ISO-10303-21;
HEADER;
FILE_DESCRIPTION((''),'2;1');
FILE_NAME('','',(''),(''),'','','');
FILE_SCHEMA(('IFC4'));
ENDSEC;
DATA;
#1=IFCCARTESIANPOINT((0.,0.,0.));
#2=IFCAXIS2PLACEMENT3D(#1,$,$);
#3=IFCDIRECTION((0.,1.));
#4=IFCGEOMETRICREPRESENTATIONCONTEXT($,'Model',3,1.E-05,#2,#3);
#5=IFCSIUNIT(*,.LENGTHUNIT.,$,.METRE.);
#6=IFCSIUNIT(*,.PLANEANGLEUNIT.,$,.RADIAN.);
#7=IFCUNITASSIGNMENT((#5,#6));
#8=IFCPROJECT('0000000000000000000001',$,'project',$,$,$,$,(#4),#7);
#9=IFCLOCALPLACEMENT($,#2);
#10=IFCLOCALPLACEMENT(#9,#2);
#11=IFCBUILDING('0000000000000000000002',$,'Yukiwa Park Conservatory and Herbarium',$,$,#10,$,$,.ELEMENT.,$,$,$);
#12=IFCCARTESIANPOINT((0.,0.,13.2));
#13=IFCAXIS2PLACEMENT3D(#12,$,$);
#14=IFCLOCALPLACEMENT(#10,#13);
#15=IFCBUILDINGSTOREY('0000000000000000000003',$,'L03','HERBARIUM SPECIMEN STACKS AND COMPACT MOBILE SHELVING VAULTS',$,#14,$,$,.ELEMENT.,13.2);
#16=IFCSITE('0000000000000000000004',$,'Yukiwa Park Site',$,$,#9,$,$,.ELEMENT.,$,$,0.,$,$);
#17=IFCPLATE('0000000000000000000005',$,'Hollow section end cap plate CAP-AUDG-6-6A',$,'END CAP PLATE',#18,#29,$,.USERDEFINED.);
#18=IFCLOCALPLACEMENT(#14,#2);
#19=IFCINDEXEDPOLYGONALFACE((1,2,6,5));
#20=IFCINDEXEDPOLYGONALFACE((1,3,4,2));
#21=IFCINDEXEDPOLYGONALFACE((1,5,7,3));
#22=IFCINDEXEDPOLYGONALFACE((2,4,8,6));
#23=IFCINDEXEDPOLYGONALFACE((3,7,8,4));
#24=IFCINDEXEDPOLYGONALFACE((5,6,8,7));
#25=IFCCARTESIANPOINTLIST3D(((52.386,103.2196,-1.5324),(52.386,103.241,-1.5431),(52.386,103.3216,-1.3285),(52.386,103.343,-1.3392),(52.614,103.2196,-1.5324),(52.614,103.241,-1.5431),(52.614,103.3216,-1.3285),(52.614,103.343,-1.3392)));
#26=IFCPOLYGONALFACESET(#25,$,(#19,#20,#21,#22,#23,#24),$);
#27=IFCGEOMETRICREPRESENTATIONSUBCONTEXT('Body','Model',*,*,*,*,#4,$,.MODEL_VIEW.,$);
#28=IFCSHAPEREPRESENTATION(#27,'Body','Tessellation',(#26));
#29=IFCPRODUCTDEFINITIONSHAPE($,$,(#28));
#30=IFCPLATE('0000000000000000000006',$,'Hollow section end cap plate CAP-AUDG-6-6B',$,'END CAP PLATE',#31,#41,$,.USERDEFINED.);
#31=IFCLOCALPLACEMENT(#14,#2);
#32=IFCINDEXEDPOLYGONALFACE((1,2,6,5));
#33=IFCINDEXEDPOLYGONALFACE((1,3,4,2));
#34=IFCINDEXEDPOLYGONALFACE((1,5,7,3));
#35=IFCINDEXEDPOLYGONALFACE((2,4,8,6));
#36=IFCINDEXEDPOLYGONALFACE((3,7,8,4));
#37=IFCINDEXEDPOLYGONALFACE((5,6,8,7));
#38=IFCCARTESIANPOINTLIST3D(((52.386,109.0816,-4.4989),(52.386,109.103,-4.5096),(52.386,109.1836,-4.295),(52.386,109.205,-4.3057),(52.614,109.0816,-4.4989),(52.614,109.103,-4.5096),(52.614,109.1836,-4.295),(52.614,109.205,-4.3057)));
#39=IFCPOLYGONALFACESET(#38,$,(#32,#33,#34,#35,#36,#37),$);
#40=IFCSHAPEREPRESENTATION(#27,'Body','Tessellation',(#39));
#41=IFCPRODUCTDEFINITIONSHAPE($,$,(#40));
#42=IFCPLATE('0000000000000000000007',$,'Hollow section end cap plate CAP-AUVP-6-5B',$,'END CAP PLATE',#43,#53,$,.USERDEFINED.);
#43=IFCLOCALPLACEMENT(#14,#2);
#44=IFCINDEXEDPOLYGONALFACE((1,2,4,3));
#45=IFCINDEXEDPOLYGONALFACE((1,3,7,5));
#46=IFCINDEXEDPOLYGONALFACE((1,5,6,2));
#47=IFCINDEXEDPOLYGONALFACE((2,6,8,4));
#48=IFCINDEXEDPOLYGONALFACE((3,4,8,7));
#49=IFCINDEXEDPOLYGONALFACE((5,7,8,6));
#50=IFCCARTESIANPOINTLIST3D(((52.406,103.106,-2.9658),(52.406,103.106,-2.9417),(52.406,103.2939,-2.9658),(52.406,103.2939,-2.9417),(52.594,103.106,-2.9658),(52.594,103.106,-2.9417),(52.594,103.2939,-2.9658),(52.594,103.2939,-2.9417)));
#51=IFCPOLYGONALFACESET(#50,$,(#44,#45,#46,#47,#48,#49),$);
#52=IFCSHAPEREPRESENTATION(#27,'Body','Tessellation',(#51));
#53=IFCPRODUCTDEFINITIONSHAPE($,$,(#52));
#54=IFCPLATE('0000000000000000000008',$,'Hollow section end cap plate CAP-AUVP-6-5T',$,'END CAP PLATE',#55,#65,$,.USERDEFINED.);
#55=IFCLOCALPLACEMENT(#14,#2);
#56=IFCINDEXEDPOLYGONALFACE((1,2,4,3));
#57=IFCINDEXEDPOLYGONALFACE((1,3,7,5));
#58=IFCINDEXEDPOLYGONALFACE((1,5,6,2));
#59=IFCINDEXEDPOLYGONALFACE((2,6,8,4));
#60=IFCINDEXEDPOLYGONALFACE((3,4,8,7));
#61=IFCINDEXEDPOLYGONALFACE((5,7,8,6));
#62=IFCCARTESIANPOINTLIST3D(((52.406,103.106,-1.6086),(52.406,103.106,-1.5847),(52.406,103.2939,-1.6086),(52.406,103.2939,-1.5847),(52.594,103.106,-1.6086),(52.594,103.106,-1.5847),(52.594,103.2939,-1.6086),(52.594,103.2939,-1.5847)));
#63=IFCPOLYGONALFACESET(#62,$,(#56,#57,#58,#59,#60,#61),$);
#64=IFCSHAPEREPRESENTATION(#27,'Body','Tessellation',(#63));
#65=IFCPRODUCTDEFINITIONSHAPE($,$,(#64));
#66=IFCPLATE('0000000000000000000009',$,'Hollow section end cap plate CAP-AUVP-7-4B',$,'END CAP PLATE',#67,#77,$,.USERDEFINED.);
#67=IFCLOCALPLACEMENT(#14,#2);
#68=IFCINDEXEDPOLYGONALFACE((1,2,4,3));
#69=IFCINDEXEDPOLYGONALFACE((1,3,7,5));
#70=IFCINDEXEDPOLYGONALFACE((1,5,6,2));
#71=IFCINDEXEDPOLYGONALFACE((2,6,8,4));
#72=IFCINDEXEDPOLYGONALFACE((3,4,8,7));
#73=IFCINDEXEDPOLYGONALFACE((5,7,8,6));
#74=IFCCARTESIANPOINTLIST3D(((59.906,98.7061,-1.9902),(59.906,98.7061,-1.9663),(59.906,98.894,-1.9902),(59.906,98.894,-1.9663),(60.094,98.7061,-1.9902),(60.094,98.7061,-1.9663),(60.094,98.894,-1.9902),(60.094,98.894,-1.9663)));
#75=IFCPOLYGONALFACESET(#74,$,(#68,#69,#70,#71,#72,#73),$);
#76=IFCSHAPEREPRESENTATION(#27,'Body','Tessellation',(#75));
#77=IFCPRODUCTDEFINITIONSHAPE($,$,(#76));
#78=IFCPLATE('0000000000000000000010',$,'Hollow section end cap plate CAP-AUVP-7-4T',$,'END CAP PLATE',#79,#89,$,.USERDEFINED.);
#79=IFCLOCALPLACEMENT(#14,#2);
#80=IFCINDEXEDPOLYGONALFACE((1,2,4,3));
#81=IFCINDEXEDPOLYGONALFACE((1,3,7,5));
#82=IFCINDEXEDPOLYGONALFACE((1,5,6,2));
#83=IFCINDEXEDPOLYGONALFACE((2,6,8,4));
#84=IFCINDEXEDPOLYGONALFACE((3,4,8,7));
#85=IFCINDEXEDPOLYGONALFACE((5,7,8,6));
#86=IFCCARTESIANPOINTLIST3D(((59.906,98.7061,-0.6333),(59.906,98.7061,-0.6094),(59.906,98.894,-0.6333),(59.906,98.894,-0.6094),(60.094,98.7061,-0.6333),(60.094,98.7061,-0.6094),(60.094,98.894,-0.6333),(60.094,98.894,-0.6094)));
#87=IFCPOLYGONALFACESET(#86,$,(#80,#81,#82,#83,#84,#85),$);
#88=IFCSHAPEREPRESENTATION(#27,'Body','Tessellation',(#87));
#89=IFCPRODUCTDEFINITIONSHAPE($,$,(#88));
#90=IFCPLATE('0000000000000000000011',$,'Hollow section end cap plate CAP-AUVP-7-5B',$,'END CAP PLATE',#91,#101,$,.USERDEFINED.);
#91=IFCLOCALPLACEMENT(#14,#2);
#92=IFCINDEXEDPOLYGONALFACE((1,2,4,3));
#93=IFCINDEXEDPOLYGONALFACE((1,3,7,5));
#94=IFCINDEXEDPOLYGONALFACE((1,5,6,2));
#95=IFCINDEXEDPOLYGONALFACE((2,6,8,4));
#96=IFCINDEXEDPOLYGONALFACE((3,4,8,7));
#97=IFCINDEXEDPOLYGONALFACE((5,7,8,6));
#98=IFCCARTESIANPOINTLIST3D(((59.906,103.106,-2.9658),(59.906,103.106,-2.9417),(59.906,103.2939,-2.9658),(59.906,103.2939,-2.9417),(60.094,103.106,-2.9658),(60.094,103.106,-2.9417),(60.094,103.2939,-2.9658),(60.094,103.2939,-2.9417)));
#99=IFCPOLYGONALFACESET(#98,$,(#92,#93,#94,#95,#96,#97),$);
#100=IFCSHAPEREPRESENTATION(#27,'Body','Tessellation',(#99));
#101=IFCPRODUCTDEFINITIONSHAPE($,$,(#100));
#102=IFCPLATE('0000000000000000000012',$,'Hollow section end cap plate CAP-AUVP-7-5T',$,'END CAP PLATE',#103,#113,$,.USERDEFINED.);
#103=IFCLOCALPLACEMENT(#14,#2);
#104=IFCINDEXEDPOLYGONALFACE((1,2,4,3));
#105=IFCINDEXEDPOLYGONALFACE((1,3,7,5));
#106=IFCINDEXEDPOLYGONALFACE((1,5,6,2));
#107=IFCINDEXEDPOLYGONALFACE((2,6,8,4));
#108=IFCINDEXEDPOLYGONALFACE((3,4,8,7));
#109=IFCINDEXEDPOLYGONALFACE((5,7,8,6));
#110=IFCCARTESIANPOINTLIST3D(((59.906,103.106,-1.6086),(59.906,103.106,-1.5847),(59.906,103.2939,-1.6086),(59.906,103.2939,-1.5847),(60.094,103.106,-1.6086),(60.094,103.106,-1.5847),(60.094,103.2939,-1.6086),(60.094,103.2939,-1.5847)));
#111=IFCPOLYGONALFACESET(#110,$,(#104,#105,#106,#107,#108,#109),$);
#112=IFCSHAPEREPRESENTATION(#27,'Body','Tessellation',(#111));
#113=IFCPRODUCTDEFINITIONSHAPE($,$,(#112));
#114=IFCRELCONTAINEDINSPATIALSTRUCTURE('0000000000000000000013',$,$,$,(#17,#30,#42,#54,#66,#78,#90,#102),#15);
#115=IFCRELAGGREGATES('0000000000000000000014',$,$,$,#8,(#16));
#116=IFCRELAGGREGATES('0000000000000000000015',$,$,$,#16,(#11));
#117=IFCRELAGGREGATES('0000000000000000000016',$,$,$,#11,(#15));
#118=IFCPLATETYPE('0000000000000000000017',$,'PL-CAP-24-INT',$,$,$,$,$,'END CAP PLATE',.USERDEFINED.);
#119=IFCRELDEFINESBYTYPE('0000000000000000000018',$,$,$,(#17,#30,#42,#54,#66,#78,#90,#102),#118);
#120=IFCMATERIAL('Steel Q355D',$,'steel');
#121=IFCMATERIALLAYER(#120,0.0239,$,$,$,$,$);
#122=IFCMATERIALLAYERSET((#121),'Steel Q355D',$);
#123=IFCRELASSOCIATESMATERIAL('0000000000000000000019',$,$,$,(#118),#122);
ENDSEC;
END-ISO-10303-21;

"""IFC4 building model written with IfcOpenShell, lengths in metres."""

from ifc_helpers import new_model, si_unit, direction, frame, origin, origin_2d, place, context, subcontext, project, spatial, rectangle, extrude, material, layer, layer_set, type_object, element, save


model = new_model("IFC4")

# Units and contexts
model_context = context("Model", 3, precision=1e-05, world=origin(), true_north=direction((0.0, 1.0)))
body_context = subcontext(model_context, "Body", "Model", "MODEL_VIEW")
ifc_project = project(units=[si_unit("LENGTHUNIT", "METRE"), si_unit("PLANEANGLEUNIT", "RADIAN")], contexts=[model_context])

# Site, building, storey
site_placement = place(None, origin())
site = spatial("IfcSite", under=ifc_project, at=site_placement, Name="Yukiwa Park Site", CompositionType="ELEMENT", RefElevation=0.0)
building_placement = place(site_placement, origin())
building = spatial("IfcBuilding", under=site, at=building_placement, Name="Yukiwa Park Conservatory and Herbarium", CompositionType="ELEMENT")
storey_placement = place(building_placement, frame((0.0, 0.0, 13.2)))
storey = spatial("IfcBuildingStorey", under=building, at=storey_placement, Name="L03", Description="HERBARIUM SPECIMEN STACKS AND COMPACT MOBILE SHELVING VAULTS", CompositionType="ELEMENT", Elevation=13.2)

# Plates
ifc_material_1 = material(Name="Steel Q355D", Category="steel")
ifc_layer_1 = layer(ifc_material_1, 0.0239)
ifc_layer_set_1 = layer_set([ifc_layer_1], Name="Steel Q355D")
plate_type_1 = type_object("IfcPlateType", Name="PL-CAP-24-INT", ElementType="END CAP PLATE", PredefinedType="USERDEFINED", material=ifc_layer_set_1)
for number, where, z_axis, x_axis, name in (
    (1, (52.5, 103.292, -1.4412), (0.0, -0.894427, 0.447214), (1.0, 0.0, 0.0), "Hollow section end cap plate CAP-AUDG-6-6A"),
    (2, (52.5, 109.1326, -4.397), (0.0, 0.894427, -0.447214), (-1.0, 0.0, 0.0), "Hollow section end cap plate CAP-AUDG-6-6B"),
):
    element("IfcPlate", number, at=place(storey_placement, frame(where, z_axis=z_axis, x_axis=x_axis)), inside=storey, type_object=plate_type_1, Name=name, ObjectType="END CAP PLATE", PredefinedType="USERDEFINED", context=body_context, shape_type="SweptSolid", body=[
        extrude(rectangle(XDim=0.228, YDim=0.228, at=origin_2d()), origin(), (0.0, 0.0, 1.0), 0.0239),
    ])
plate_1_placement = place(storey_placement, frame((52.5, 103.2, -2.9417), z_axis=(0.0, 0.0, -1.0), x_axis=(1.0, 0.0, 0.0)))
element("IfcPlate", 3, at=plate_1_placement, inside=storey, type_object=plate_type_1, Name="Hollow section end cap plate CAP-AUVP-6-5B", ObjectType="END CAP PLATE", PredefinedType="USERDEFINED", context=body_context, shape_type="SweptSolid", body=[
    extrude(rectangle(XDim=0.188, YDim=0.188, at=origin_2d()), origin(), (0.0, 0.0, 1.0), 0.0242),
])
for number, where, z_axis, x_axis, name in (
    (4, (52.5, 103.2, -1.6086), (0.0, 0.0, 1.0), (1.0, 0.0, 0.0), "Hollow section end cap plate CAP-AUVP-6-5T"),
    (5, (60.0, 98.8, -1.9663), (0.0, 0.0, -1.0), (1.0, 0.0, 0.0), "Hollow section end cap plate CAP-AUVP-7-4B"),
    (6, (60.0, 98.8, -0.6333), (0.0, 0.0, 1.0), (1.0, 0.0, 0.0), "Hollow section end cap plate CAP-AUVP-7-4T"),
):
    element("IfcPlate", number, at=place(storey_placement, frame(where, z_axis=z_axis, x_axis=x_axis)), inside=storey, type_object=plate_type_1, Name=name, ObjectType="END CAP PLATE", PredefinedType="USERDEFINED", context=body_context, shape_type="SweptSolid", body=[
        extrude(rectangle(XDim=0.188, YDim=0.188, at=origin_2d()), origin(), (0.0, 0.0, 1.0), 0.0239),
    ])
plate_2_placement = place(storey_placement, frame((60.0, 103.2, -2.9417), z_axis=(0.0, 0.0, -1.0), x_axis=(1.0, 0.0, 0.0)))
element("IfcPlate", 7, at=plate_2_placement, inside=storey, type_object=plate_type_1, Name="Hollow section end cap plate CAP-AUVP-7-5B", ObjectType="END CAP PLATE", PredefinedType="USERDEFINED", context=body_context, shape_type="SweptSolid", body=[
    extrude(rectangle(XDim=0.188, YDim=0.188, at=origin_2d()), origin(), (0.0, 0.0, 1.0), 0.0242),
])
plate_3_placement = place(storey_placement, frame((60.0, 103.2, -1.6086), z_axis=(0.0, 0.0, 1.0), x_axis=(1.0, 0.0, 0.0)))
element("IfcPlate", 8, at=plate_3_placement, inside=storey, type_object=plate_type_1, Name="Hollow section end cap plate CAP-AUVP-7-5T", ObjectType="END CAP PLATE", PredefinedType="USERDEFINED", context=body_context, shape_type="SweptSolid", body=[
    extrude(rectangle(XDim=0.188, YDim=0.188, at=origin_2d()), origin(), (0.0, 0.0, 1.0), 0.0239),
])

save(model, "model.ifc")
